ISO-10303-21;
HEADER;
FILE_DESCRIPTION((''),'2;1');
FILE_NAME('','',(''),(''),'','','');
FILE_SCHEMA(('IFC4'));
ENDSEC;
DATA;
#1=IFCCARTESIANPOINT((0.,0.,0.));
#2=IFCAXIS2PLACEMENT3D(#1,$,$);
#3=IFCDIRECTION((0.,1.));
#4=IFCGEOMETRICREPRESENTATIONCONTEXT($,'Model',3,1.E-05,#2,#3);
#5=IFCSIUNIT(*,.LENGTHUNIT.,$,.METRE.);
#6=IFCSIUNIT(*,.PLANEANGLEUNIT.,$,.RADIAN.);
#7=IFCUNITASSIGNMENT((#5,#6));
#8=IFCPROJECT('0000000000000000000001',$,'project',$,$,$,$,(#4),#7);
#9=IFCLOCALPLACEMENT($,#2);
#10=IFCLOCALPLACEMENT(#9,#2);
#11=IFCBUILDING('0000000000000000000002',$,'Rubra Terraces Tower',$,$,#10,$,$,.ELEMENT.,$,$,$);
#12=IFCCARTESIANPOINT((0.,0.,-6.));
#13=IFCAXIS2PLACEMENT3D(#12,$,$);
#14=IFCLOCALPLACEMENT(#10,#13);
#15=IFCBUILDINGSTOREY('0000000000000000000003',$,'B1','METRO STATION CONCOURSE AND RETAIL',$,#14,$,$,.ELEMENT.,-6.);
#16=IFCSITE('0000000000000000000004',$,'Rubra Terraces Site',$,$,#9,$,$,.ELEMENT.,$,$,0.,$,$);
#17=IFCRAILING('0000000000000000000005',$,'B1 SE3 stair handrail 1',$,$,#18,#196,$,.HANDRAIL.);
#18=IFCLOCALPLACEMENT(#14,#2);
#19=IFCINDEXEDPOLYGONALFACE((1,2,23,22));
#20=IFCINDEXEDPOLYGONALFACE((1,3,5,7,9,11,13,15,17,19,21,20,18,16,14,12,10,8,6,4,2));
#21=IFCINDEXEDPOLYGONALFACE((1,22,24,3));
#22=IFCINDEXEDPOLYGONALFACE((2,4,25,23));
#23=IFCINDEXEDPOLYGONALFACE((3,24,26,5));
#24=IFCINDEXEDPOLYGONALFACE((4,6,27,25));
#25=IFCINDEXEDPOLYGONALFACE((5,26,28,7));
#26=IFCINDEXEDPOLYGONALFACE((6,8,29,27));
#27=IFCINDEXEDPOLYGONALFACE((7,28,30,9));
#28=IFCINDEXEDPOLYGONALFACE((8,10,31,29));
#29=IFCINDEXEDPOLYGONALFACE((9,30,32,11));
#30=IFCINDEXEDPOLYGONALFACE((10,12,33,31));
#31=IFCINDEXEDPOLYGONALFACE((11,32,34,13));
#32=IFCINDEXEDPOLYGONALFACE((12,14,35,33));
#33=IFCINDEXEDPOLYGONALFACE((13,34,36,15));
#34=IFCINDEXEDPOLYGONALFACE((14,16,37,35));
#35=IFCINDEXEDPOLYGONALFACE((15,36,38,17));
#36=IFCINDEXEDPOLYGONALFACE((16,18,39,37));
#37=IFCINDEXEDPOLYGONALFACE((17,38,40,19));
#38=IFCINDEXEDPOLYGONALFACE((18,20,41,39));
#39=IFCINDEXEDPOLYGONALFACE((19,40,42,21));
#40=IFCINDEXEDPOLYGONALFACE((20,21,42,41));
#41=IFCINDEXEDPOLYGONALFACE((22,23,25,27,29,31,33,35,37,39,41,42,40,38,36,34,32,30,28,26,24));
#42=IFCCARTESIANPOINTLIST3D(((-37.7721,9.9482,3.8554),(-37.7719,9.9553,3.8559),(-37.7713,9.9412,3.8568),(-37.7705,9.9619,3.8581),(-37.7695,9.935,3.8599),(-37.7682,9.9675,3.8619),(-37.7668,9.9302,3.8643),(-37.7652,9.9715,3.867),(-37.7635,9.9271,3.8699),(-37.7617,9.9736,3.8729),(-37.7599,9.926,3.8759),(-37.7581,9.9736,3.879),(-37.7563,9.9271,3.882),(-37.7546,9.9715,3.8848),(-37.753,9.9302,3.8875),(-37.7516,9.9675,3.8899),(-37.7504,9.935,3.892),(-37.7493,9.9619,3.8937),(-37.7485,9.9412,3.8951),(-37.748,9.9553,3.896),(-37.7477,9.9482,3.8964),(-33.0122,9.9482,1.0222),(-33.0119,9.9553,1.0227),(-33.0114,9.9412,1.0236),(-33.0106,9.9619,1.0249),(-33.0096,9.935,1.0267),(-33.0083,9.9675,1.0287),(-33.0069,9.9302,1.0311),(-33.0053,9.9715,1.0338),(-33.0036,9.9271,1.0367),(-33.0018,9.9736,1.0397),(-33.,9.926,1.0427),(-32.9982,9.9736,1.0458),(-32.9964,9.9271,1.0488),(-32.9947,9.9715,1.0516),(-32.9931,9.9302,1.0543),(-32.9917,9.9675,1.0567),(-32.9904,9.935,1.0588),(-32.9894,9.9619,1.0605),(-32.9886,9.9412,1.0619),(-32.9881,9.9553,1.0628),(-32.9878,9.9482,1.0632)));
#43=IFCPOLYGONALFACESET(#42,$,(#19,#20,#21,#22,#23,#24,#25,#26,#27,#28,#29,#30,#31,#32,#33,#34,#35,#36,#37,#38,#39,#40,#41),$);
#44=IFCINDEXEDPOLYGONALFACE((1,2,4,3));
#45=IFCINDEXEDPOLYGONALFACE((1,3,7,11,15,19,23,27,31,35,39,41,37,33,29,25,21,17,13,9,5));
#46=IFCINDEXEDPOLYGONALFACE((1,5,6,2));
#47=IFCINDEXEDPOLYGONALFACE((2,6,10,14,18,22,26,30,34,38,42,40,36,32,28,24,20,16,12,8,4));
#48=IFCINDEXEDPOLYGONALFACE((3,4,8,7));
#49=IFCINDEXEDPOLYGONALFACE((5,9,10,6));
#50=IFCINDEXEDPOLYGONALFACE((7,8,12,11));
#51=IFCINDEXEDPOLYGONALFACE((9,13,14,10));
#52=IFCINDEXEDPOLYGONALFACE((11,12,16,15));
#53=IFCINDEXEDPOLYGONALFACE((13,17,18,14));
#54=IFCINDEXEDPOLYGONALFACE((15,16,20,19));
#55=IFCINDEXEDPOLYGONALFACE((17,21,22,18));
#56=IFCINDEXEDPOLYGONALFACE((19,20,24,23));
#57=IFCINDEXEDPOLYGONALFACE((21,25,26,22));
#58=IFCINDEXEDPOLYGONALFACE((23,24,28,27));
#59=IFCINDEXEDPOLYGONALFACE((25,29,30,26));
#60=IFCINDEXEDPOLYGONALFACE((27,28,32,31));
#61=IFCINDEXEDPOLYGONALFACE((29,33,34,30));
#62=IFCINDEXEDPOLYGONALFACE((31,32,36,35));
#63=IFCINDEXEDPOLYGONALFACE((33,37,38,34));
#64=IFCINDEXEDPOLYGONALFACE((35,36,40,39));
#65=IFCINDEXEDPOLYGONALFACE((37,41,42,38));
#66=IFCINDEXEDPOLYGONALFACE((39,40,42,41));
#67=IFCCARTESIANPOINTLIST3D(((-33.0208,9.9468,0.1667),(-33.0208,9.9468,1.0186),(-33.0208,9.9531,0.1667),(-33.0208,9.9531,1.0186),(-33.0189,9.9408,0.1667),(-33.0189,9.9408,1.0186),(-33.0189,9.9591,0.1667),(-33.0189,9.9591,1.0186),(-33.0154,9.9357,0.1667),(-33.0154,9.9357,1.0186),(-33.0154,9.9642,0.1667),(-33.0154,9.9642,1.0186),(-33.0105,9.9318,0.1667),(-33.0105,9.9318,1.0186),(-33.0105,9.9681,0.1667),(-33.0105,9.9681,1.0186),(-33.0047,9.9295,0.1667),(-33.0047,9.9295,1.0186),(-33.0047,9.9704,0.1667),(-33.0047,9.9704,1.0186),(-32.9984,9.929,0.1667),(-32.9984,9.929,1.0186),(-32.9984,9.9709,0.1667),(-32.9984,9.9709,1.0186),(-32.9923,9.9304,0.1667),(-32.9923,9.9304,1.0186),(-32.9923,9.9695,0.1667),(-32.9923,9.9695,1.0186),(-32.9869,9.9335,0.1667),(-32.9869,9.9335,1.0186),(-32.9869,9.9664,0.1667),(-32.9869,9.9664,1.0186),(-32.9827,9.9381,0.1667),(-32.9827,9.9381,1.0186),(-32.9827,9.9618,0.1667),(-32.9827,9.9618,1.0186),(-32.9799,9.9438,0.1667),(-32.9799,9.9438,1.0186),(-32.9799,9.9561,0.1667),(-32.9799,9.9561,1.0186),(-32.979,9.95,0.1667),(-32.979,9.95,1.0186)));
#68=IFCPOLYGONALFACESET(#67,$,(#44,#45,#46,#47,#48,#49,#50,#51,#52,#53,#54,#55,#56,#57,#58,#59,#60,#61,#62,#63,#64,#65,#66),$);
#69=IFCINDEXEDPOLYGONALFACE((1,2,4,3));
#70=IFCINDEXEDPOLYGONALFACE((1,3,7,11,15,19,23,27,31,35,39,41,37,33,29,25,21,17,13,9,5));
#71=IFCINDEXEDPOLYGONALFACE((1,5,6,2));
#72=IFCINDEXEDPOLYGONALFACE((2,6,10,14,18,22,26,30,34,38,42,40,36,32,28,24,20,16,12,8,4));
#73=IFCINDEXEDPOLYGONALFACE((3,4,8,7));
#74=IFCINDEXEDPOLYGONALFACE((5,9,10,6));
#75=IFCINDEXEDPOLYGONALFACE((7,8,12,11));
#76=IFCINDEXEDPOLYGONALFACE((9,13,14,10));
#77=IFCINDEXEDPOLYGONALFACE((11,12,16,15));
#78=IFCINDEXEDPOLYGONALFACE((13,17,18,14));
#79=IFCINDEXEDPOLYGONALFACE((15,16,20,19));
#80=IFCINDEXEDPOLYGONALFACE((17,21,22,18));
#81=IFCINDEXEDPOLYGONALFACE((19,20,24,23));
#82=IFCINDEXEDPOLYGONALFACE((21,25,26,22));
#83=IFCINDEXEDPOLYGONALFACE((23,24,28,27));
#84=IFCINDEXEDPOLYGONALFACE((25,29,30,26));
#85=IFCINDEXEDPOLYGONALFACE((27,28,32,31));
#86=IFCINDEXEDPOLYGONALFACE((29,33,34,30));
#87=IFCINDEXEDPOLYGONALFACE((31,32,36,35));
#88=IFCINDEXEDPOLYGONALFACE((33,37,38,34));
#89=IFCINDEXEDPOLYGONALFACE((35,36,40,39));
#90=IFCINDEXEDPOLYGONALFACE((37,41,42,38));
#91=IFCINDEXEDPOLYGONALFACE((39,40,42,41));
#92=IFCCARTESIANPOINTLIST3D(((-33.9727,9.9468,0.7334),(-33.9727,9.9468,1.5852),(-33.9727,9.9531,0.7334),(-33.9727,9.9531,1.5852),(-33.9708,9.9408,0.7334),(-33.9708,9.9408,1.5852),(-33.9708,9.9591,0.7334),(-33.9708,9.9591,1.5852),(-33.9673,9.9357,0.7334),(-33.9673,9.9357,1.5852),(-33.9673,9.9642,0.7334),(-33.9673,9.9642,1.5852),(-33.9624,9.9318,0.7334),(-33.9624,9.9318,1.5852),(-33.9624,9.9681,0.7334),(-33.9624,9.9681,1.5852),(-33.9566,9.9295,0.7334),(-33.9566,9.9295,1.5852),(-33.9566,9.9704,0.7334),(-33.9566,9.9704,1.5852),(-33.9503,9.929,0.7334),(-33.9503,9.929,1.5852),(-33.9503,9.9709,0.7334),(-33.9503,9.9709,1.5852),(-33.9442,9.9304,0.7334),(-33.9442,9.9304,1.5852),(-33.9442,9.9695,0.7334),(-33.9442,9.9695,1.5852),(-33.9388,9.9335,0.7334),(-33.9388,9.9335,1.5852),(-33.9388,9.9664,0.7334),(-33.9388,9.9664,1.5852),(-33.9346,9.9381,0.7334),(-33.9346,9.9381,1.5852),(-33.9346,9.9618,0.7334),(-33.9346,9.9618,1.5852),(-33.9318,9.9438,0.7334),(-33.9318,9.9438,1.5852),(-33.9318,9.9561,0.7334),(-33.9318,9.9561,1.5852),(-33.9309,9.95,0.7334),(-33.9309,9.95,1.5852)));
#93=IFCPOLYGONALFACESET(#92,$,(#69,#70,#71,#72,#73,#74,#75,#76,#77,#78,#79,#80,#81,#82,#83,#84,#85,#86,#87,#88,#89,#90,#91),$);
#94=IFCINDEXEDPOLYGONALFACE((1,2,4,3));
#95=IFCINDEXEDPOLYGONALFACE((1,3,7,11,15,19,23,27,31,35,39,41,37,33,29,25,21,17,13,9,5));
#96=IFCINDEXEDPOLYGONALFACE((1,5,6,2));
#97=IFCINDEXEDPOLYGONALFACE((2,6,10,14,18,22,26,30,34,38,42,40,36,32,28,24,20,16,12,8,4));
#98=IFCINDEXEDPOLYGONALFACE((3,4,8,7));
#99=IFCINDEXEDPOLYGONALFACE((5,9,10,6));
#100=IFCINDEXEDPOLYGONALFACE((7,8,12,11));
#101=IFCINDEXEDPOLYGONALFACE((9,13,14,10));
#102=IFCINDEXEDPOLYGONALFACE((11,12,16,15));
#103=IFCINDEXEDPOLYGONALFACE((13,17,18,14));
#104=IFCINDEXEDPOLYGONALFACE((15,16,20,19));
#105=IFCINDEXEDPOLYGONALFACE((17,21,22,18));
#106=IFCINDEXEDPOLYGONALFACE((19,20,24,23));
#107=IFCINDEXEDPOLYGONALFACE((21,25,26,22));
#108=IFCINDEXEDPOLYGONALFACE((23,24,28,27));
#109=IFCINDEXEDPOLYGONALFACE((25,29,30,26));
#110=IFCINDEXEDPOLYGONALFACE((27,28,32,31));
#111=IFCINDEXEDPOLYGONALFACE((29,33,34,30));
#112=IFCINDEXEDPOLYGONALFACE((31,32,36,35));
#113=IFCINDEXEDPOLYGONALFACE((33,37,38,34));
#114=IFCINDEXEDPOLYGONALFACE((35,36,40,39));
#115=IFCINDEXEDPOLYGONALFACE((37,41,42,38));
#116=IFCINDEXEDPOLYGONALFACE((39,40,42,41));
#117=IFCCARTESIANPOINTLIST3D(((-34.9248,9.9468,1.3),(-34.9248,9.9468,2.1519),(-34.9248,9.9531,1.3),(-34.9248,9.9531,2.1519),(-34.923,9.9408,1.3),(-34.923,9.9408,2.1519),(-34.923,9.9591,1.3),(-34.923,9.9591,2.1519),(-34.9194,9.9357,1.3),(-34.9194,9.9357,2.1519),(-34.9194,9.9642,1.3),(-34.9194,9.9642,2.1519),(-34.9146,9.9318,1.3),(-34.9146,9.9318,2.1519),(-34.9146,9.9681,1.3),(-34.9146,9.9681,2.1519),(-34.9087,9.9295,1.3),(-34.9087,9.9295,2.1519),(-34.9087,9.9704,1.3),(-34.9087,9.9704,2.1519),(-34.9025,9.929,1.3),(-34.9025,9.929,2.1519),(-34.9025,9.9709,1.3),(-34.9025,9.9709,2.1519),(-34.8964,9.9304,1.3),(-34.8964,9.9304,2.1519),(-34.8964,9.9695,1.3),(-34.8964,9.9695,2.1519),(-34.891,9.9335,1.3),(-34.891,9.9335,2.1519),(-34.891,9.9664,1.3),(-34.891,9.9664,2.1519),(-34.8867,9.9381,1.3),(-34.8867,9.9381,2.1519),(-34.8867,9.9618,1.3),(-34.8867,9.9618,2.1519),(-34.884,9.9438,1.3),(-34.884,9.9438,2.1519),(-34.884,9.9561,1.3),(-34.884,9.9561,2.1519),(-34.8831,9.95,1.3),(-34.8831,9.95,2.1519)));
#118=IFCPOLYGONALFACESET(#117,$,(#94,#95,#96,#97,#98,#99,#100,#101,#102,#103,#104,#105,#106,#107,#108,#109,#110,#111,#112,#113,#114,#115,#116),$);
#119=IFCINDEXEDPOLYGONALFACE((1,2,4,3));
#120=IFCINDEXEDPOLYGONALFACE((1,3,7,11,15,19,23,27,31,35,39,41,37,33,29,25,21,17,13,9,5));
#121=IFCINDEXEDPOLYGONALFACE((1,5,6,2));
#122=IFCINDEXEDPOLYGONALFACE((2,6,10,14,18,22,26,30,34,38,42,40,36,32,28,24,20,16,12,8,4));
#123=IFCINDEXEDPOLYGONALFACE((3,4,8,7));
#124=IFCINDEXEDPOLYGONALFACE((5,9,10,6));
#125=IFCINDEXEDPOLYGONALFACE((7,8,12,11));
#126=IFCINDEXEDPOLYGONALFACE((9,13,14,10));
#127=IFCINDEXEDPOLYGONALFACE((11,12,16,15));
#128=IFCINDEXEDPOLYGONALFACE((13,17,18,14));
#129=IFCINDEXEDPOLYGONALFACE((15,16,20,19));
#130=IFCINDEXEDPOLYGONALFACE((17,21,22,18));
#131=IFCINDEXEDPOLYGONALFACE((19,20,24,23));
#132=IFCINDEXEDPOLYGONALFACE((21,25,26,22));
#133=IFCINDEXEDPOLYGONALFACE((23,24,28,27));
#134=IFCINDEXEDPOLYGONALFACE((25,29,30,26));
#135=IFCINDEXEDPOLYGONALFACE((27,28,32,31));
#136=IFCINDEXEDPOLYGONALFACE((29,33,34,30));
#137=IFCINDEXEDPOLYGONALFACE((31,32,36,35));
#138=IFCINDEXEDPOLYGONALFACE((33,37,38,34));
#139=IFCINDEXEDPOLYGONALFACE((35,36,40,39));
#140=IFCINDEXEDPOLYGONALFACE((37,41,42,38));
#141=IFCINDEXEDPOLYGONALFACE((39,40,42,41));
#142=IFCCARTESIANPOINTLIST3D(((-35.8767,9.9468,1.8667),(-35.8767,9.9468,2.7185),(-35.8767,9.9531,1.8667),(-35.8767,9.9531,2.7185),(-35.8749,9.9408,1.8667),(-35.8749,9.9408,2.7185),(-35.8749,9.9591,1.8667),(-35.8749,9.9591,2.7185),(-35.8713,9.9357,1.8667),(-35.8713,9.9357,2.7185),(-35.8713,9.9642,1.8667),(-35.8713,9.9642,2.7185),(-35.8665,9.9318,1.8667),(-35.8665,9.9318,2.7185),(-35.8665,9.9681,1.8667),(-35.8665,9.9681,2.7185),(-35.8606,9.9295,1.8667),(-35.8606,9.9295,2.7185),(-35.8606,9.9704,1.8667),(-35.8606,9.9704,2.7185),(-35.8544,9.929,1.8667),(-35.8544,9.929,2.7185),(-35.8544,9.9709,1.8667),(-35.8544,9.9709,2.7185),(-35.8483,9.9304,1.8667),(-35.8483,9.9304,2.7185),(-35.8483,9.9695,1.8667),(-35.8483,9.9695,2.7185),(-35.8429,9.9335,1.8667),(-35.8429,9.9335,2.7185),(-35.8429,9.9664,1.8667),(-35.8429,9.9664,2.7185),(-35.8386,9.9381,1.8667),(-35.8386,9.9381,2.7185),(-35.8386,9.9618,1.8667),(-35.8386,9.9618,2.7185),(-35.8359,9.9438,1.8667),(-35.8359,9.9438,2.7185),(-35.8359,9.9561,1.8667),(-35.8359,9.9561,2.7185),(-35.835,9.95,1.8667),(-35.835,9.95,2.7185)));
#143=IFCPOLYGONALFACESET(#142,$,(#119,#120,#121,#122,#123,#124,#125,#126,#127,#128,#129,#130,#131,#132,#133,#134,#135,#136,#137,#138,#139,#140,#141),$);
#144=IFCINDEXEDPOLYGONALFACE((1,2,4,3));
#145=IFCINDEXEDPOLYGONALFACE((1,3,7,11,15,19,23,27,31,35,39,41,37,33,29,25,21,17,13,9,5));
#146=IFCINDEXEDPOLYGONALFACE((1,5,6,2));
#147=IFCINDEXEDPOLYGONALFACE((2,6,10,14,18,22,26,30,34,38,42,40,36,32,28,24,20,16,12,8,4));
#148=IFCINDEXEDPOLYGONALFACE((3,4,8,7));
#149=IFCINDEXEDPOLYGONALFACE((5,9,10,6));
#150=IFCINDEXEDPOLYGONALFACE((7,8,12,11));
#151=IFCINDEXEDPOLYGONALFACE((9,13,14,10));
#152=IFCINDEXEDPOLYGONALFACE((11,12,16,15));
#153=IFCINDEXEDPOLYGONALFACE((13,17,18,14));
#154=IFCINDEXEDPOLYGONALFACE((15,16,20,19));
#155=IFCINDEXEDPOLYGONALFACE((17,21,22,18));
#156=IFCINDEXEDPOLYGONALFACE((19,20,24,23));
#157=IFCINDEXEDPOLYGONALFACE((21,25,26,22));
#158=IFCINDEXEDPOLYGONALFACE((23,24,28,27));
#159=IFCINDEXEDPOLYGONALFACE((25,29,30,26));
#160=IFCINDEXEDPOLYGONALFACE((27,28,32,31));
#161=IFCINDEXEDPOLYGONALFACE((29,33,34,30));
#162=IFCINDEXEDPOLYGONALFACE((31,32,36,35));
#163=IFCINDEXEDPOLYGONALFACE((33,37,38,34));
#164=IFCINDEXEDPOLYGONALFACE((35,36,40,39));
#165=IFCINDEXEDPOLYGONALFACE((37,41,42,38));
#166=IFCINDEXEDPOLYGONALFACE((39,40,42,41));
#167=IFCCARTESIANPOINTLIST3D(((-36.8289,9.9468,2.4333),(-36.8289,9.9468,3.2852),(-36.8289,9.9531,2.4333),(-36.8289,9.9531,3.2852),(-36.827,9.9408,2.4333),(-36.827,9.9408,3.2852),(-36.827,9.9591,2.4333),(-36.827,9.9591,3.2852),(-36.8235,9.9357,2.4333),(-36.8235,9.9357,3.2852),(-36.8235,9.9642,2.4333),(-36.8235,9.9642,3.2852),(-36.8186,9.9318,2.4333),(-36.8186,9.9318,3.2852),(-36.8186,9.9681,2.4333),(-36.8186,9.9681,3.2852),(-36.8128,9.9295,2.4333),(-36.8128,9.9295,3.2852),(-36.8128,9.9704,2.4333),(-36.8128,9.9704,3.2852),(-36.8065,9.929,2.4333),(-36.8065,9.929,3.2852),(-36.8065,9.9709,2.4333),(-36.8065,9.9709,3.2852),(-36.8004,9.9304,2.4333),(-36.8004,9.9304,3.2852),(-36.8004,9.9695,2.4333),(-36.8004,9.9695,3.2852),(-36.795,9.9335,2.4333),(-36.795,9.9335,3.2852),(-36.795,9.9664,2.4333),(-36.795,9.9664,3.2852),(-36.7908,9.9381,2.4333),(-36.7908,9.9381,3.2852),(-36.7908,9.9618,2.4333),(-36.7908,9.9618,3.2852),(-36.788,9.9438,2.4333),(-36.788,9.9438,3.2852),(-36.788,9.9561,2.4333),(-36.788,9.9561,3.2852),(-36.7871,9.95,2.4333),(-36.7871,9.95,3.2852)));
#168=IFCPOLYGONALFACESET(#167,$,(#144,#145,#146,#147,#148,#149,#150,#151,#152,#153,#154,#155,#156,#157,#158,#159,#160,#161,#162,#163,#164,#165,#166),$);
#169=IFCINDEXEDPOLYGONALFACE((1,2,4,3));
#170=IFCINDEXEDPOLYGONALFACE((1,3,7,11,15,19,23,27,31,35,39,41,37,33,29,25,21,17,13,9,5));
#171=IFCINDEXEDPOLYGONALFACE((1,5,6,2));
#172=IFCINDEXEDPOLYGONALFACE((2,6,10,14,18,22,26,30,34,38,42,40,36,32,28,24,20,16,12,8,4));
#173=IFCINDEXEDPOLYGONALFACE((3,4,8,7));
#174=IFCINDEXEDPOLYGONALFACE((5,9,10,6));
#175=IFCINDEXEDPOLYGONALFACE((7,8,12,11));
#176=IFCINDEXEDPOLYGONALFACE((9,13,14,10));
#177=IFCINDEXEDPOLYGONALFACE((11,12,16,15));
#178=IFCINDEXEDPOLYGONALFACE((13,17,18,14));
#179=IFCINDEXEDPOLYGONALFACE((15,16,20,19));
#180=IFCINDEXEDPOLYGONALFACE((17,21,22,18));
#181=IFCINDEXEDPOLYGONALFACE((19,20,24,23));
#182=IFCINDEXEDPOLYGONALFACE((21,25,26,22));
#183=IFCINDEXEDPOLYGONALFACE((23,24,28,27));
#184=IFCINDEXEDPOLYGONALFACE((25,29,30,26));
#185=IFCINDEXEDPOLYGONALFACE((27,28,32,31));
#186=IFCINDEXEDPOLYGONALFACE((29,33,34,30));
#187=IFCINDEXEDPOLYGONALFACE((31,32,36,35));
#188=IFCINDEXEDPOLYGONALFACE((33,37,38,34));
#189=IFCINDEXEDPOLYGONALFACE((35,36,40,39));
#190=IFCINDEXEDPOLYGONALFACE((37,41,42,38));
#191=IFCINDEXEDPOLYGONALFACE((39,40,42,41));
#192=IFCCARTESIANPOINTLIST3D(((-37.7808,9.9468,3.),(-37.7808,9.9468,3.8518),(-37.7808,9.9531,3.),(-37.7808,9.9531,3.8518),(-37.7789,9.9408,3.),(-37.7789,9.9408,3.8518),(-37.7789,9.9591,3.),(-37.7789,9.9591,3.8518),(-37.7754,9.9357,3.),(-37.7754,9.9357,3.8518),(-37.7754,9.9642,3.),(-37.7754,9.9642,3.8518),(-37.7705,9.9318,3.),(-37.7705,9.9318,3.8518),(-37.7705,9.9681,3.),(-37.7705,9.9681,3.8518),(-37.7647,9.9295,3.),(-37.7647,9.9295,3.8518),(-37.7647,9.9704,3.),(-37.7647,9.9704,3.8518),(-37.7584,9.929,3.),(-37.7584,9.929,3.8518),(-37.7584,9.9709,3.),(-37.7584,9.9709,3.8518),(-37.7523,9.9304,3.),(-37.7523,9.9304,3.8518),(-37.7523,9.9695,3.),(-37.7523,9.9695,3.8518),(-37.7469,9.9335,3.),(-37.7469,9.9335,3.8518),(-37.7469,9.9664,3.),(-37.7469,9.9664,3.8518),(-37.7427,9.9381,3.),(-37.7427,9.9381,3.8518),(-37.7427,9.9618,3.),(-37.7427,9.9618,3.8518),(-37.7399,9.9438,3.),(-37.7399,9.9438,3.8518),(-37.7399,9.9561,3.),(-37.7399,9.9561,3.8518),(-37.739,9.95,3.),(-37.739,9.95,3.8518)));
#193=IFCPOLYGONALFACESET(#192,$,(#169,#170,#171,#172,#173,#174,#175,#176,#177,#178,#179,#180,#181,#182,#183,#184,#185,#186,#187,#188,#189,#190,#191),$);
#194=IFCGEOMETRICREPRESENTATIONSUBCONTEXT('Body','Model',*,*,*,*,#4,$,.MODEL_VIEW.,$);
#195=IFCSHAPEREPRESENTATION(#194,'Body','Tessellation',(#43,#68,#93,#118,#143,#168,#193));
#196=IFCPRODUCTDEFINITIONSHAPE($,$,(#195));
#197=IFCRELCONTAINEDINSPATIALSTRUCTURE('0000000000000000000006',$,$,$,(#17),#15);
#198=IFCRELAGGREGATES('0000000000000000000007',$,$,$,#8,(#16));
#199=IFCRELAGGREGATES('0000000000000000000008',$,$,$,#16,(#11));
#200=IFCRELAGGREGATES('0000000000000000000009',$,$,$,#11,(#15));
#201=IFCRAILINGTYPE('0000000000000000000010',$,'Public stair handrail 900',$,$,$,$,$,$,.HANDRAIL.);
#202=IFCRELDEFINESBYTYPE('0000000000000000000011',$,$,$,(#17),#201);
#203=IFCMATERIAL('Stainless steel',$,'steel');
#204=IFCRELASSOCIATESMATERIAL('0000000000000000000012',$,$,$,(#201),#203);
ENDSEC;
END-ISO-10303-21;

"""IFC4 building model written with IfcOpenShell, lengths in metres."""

from ifc_helpers import new_model, si_unit, direction, frame, origin, origin_2d, place, context, subcontext, project, spatial, circle, extrude, material, type_object, element, save


model = new_model("IFC4")

# Units and contexts
model_context = context("Model", 3, precision=1e-05, world=origin(), true_north=direction((0.0, 1.0)))
body_context = subcontext(model_context, "Body", "Model", "MODEL_VIEW")
ifc_project = project(units=[si_unit("LENGTHUNIT", "METRE"), si_unit("PLANEANGLEUNIT", "RADIAN")], contexts=[model_context])

# Site, building, storey
site_placement = place(None, origin())
site = spatial("IfcSite", under=ifc_project, at=site_placement, Name="Rubra Terraces Site", CompositionType="ELEMENT", RefElevation=0.0)
building_placement = place(site_placement, origin())
building = spatial("IfcBuilding", under=site, at=building_placement, Name="Rubra Terraces Tower", CompositionType="ELEMENT")
storey_placement = place(building_placement, frame((0.0, 0.0, -6.0)))
storey = spatial("IfcBuildingStorey", under=building, at=storey_placement, Name="B1", Description="METRO STATION CONCOURSE AND RETAIL", CompositionType="ELEMENT", Elevation=-6.0)

# Railing
ifc_material_1 = material(Name="Stainless steel", Category="steel")
railing_type_1 = type_object("IfcRailingType", Name="Public stair handrail 900", PredefinedType="HANDRAIL", material=ifc_material_1)
railing_1_placement = place(storey_placement, frame((-33.0, 9.95, 0.1667)))
element("IfcRailing", 1, at=railing_1_placement, inside=storey, type_object=railing_type_1, Name="B1 SE3 stair handrail 1", PredefinedType="HANDRAIL", context=body_context, shape_type="SweptSolid", body=[
    extrude(circle(Radius=0.0239, at=origin_2d()), frame((0.0, 0.0, 0.876), z_axis=(-0.8593, 0.0, 0.511472), x_axis=(0.0, -1.0, 0.0)), (0.0, 0.0, 1.0), 5.5393),
    extrude(circle(Radius=0.021, at=origin_2d()), origin(), (0.0, 0.0, 1.0), 0.8518),
    extrude(circle(Radius=0.021, at=origin_2d()), frame((-0.9519, 0.0, 0.5667)), (0.0, 0.0, 1.0), 0.8518),
    extrude(circle(Radius=0.021, at=origin_2d()), frame((-1.9041, 0.0, 1.1333)), (0.0, 0.0, 1.0), 0.8518),
    extrude(circle(Radius=0.021, at=origin_2d()), frame((-2.856, 0.0, 1.7)), (0.0, 0.0, 1.0), 0.8518),
    extrude(circle(Radius=0.021, at=origin_2d()), frame((-3.8081, 0.0, 2.2666)), (0.0, 0.0, 1.0), 0.8518),
    extrude(circle(Radius=0.021, at=origin_2d()), frame((-4.76, 0.0, 2.8333)), (0.0, 0.0, 1.0), 0.8518),
])

save(model, "model.ifc")
